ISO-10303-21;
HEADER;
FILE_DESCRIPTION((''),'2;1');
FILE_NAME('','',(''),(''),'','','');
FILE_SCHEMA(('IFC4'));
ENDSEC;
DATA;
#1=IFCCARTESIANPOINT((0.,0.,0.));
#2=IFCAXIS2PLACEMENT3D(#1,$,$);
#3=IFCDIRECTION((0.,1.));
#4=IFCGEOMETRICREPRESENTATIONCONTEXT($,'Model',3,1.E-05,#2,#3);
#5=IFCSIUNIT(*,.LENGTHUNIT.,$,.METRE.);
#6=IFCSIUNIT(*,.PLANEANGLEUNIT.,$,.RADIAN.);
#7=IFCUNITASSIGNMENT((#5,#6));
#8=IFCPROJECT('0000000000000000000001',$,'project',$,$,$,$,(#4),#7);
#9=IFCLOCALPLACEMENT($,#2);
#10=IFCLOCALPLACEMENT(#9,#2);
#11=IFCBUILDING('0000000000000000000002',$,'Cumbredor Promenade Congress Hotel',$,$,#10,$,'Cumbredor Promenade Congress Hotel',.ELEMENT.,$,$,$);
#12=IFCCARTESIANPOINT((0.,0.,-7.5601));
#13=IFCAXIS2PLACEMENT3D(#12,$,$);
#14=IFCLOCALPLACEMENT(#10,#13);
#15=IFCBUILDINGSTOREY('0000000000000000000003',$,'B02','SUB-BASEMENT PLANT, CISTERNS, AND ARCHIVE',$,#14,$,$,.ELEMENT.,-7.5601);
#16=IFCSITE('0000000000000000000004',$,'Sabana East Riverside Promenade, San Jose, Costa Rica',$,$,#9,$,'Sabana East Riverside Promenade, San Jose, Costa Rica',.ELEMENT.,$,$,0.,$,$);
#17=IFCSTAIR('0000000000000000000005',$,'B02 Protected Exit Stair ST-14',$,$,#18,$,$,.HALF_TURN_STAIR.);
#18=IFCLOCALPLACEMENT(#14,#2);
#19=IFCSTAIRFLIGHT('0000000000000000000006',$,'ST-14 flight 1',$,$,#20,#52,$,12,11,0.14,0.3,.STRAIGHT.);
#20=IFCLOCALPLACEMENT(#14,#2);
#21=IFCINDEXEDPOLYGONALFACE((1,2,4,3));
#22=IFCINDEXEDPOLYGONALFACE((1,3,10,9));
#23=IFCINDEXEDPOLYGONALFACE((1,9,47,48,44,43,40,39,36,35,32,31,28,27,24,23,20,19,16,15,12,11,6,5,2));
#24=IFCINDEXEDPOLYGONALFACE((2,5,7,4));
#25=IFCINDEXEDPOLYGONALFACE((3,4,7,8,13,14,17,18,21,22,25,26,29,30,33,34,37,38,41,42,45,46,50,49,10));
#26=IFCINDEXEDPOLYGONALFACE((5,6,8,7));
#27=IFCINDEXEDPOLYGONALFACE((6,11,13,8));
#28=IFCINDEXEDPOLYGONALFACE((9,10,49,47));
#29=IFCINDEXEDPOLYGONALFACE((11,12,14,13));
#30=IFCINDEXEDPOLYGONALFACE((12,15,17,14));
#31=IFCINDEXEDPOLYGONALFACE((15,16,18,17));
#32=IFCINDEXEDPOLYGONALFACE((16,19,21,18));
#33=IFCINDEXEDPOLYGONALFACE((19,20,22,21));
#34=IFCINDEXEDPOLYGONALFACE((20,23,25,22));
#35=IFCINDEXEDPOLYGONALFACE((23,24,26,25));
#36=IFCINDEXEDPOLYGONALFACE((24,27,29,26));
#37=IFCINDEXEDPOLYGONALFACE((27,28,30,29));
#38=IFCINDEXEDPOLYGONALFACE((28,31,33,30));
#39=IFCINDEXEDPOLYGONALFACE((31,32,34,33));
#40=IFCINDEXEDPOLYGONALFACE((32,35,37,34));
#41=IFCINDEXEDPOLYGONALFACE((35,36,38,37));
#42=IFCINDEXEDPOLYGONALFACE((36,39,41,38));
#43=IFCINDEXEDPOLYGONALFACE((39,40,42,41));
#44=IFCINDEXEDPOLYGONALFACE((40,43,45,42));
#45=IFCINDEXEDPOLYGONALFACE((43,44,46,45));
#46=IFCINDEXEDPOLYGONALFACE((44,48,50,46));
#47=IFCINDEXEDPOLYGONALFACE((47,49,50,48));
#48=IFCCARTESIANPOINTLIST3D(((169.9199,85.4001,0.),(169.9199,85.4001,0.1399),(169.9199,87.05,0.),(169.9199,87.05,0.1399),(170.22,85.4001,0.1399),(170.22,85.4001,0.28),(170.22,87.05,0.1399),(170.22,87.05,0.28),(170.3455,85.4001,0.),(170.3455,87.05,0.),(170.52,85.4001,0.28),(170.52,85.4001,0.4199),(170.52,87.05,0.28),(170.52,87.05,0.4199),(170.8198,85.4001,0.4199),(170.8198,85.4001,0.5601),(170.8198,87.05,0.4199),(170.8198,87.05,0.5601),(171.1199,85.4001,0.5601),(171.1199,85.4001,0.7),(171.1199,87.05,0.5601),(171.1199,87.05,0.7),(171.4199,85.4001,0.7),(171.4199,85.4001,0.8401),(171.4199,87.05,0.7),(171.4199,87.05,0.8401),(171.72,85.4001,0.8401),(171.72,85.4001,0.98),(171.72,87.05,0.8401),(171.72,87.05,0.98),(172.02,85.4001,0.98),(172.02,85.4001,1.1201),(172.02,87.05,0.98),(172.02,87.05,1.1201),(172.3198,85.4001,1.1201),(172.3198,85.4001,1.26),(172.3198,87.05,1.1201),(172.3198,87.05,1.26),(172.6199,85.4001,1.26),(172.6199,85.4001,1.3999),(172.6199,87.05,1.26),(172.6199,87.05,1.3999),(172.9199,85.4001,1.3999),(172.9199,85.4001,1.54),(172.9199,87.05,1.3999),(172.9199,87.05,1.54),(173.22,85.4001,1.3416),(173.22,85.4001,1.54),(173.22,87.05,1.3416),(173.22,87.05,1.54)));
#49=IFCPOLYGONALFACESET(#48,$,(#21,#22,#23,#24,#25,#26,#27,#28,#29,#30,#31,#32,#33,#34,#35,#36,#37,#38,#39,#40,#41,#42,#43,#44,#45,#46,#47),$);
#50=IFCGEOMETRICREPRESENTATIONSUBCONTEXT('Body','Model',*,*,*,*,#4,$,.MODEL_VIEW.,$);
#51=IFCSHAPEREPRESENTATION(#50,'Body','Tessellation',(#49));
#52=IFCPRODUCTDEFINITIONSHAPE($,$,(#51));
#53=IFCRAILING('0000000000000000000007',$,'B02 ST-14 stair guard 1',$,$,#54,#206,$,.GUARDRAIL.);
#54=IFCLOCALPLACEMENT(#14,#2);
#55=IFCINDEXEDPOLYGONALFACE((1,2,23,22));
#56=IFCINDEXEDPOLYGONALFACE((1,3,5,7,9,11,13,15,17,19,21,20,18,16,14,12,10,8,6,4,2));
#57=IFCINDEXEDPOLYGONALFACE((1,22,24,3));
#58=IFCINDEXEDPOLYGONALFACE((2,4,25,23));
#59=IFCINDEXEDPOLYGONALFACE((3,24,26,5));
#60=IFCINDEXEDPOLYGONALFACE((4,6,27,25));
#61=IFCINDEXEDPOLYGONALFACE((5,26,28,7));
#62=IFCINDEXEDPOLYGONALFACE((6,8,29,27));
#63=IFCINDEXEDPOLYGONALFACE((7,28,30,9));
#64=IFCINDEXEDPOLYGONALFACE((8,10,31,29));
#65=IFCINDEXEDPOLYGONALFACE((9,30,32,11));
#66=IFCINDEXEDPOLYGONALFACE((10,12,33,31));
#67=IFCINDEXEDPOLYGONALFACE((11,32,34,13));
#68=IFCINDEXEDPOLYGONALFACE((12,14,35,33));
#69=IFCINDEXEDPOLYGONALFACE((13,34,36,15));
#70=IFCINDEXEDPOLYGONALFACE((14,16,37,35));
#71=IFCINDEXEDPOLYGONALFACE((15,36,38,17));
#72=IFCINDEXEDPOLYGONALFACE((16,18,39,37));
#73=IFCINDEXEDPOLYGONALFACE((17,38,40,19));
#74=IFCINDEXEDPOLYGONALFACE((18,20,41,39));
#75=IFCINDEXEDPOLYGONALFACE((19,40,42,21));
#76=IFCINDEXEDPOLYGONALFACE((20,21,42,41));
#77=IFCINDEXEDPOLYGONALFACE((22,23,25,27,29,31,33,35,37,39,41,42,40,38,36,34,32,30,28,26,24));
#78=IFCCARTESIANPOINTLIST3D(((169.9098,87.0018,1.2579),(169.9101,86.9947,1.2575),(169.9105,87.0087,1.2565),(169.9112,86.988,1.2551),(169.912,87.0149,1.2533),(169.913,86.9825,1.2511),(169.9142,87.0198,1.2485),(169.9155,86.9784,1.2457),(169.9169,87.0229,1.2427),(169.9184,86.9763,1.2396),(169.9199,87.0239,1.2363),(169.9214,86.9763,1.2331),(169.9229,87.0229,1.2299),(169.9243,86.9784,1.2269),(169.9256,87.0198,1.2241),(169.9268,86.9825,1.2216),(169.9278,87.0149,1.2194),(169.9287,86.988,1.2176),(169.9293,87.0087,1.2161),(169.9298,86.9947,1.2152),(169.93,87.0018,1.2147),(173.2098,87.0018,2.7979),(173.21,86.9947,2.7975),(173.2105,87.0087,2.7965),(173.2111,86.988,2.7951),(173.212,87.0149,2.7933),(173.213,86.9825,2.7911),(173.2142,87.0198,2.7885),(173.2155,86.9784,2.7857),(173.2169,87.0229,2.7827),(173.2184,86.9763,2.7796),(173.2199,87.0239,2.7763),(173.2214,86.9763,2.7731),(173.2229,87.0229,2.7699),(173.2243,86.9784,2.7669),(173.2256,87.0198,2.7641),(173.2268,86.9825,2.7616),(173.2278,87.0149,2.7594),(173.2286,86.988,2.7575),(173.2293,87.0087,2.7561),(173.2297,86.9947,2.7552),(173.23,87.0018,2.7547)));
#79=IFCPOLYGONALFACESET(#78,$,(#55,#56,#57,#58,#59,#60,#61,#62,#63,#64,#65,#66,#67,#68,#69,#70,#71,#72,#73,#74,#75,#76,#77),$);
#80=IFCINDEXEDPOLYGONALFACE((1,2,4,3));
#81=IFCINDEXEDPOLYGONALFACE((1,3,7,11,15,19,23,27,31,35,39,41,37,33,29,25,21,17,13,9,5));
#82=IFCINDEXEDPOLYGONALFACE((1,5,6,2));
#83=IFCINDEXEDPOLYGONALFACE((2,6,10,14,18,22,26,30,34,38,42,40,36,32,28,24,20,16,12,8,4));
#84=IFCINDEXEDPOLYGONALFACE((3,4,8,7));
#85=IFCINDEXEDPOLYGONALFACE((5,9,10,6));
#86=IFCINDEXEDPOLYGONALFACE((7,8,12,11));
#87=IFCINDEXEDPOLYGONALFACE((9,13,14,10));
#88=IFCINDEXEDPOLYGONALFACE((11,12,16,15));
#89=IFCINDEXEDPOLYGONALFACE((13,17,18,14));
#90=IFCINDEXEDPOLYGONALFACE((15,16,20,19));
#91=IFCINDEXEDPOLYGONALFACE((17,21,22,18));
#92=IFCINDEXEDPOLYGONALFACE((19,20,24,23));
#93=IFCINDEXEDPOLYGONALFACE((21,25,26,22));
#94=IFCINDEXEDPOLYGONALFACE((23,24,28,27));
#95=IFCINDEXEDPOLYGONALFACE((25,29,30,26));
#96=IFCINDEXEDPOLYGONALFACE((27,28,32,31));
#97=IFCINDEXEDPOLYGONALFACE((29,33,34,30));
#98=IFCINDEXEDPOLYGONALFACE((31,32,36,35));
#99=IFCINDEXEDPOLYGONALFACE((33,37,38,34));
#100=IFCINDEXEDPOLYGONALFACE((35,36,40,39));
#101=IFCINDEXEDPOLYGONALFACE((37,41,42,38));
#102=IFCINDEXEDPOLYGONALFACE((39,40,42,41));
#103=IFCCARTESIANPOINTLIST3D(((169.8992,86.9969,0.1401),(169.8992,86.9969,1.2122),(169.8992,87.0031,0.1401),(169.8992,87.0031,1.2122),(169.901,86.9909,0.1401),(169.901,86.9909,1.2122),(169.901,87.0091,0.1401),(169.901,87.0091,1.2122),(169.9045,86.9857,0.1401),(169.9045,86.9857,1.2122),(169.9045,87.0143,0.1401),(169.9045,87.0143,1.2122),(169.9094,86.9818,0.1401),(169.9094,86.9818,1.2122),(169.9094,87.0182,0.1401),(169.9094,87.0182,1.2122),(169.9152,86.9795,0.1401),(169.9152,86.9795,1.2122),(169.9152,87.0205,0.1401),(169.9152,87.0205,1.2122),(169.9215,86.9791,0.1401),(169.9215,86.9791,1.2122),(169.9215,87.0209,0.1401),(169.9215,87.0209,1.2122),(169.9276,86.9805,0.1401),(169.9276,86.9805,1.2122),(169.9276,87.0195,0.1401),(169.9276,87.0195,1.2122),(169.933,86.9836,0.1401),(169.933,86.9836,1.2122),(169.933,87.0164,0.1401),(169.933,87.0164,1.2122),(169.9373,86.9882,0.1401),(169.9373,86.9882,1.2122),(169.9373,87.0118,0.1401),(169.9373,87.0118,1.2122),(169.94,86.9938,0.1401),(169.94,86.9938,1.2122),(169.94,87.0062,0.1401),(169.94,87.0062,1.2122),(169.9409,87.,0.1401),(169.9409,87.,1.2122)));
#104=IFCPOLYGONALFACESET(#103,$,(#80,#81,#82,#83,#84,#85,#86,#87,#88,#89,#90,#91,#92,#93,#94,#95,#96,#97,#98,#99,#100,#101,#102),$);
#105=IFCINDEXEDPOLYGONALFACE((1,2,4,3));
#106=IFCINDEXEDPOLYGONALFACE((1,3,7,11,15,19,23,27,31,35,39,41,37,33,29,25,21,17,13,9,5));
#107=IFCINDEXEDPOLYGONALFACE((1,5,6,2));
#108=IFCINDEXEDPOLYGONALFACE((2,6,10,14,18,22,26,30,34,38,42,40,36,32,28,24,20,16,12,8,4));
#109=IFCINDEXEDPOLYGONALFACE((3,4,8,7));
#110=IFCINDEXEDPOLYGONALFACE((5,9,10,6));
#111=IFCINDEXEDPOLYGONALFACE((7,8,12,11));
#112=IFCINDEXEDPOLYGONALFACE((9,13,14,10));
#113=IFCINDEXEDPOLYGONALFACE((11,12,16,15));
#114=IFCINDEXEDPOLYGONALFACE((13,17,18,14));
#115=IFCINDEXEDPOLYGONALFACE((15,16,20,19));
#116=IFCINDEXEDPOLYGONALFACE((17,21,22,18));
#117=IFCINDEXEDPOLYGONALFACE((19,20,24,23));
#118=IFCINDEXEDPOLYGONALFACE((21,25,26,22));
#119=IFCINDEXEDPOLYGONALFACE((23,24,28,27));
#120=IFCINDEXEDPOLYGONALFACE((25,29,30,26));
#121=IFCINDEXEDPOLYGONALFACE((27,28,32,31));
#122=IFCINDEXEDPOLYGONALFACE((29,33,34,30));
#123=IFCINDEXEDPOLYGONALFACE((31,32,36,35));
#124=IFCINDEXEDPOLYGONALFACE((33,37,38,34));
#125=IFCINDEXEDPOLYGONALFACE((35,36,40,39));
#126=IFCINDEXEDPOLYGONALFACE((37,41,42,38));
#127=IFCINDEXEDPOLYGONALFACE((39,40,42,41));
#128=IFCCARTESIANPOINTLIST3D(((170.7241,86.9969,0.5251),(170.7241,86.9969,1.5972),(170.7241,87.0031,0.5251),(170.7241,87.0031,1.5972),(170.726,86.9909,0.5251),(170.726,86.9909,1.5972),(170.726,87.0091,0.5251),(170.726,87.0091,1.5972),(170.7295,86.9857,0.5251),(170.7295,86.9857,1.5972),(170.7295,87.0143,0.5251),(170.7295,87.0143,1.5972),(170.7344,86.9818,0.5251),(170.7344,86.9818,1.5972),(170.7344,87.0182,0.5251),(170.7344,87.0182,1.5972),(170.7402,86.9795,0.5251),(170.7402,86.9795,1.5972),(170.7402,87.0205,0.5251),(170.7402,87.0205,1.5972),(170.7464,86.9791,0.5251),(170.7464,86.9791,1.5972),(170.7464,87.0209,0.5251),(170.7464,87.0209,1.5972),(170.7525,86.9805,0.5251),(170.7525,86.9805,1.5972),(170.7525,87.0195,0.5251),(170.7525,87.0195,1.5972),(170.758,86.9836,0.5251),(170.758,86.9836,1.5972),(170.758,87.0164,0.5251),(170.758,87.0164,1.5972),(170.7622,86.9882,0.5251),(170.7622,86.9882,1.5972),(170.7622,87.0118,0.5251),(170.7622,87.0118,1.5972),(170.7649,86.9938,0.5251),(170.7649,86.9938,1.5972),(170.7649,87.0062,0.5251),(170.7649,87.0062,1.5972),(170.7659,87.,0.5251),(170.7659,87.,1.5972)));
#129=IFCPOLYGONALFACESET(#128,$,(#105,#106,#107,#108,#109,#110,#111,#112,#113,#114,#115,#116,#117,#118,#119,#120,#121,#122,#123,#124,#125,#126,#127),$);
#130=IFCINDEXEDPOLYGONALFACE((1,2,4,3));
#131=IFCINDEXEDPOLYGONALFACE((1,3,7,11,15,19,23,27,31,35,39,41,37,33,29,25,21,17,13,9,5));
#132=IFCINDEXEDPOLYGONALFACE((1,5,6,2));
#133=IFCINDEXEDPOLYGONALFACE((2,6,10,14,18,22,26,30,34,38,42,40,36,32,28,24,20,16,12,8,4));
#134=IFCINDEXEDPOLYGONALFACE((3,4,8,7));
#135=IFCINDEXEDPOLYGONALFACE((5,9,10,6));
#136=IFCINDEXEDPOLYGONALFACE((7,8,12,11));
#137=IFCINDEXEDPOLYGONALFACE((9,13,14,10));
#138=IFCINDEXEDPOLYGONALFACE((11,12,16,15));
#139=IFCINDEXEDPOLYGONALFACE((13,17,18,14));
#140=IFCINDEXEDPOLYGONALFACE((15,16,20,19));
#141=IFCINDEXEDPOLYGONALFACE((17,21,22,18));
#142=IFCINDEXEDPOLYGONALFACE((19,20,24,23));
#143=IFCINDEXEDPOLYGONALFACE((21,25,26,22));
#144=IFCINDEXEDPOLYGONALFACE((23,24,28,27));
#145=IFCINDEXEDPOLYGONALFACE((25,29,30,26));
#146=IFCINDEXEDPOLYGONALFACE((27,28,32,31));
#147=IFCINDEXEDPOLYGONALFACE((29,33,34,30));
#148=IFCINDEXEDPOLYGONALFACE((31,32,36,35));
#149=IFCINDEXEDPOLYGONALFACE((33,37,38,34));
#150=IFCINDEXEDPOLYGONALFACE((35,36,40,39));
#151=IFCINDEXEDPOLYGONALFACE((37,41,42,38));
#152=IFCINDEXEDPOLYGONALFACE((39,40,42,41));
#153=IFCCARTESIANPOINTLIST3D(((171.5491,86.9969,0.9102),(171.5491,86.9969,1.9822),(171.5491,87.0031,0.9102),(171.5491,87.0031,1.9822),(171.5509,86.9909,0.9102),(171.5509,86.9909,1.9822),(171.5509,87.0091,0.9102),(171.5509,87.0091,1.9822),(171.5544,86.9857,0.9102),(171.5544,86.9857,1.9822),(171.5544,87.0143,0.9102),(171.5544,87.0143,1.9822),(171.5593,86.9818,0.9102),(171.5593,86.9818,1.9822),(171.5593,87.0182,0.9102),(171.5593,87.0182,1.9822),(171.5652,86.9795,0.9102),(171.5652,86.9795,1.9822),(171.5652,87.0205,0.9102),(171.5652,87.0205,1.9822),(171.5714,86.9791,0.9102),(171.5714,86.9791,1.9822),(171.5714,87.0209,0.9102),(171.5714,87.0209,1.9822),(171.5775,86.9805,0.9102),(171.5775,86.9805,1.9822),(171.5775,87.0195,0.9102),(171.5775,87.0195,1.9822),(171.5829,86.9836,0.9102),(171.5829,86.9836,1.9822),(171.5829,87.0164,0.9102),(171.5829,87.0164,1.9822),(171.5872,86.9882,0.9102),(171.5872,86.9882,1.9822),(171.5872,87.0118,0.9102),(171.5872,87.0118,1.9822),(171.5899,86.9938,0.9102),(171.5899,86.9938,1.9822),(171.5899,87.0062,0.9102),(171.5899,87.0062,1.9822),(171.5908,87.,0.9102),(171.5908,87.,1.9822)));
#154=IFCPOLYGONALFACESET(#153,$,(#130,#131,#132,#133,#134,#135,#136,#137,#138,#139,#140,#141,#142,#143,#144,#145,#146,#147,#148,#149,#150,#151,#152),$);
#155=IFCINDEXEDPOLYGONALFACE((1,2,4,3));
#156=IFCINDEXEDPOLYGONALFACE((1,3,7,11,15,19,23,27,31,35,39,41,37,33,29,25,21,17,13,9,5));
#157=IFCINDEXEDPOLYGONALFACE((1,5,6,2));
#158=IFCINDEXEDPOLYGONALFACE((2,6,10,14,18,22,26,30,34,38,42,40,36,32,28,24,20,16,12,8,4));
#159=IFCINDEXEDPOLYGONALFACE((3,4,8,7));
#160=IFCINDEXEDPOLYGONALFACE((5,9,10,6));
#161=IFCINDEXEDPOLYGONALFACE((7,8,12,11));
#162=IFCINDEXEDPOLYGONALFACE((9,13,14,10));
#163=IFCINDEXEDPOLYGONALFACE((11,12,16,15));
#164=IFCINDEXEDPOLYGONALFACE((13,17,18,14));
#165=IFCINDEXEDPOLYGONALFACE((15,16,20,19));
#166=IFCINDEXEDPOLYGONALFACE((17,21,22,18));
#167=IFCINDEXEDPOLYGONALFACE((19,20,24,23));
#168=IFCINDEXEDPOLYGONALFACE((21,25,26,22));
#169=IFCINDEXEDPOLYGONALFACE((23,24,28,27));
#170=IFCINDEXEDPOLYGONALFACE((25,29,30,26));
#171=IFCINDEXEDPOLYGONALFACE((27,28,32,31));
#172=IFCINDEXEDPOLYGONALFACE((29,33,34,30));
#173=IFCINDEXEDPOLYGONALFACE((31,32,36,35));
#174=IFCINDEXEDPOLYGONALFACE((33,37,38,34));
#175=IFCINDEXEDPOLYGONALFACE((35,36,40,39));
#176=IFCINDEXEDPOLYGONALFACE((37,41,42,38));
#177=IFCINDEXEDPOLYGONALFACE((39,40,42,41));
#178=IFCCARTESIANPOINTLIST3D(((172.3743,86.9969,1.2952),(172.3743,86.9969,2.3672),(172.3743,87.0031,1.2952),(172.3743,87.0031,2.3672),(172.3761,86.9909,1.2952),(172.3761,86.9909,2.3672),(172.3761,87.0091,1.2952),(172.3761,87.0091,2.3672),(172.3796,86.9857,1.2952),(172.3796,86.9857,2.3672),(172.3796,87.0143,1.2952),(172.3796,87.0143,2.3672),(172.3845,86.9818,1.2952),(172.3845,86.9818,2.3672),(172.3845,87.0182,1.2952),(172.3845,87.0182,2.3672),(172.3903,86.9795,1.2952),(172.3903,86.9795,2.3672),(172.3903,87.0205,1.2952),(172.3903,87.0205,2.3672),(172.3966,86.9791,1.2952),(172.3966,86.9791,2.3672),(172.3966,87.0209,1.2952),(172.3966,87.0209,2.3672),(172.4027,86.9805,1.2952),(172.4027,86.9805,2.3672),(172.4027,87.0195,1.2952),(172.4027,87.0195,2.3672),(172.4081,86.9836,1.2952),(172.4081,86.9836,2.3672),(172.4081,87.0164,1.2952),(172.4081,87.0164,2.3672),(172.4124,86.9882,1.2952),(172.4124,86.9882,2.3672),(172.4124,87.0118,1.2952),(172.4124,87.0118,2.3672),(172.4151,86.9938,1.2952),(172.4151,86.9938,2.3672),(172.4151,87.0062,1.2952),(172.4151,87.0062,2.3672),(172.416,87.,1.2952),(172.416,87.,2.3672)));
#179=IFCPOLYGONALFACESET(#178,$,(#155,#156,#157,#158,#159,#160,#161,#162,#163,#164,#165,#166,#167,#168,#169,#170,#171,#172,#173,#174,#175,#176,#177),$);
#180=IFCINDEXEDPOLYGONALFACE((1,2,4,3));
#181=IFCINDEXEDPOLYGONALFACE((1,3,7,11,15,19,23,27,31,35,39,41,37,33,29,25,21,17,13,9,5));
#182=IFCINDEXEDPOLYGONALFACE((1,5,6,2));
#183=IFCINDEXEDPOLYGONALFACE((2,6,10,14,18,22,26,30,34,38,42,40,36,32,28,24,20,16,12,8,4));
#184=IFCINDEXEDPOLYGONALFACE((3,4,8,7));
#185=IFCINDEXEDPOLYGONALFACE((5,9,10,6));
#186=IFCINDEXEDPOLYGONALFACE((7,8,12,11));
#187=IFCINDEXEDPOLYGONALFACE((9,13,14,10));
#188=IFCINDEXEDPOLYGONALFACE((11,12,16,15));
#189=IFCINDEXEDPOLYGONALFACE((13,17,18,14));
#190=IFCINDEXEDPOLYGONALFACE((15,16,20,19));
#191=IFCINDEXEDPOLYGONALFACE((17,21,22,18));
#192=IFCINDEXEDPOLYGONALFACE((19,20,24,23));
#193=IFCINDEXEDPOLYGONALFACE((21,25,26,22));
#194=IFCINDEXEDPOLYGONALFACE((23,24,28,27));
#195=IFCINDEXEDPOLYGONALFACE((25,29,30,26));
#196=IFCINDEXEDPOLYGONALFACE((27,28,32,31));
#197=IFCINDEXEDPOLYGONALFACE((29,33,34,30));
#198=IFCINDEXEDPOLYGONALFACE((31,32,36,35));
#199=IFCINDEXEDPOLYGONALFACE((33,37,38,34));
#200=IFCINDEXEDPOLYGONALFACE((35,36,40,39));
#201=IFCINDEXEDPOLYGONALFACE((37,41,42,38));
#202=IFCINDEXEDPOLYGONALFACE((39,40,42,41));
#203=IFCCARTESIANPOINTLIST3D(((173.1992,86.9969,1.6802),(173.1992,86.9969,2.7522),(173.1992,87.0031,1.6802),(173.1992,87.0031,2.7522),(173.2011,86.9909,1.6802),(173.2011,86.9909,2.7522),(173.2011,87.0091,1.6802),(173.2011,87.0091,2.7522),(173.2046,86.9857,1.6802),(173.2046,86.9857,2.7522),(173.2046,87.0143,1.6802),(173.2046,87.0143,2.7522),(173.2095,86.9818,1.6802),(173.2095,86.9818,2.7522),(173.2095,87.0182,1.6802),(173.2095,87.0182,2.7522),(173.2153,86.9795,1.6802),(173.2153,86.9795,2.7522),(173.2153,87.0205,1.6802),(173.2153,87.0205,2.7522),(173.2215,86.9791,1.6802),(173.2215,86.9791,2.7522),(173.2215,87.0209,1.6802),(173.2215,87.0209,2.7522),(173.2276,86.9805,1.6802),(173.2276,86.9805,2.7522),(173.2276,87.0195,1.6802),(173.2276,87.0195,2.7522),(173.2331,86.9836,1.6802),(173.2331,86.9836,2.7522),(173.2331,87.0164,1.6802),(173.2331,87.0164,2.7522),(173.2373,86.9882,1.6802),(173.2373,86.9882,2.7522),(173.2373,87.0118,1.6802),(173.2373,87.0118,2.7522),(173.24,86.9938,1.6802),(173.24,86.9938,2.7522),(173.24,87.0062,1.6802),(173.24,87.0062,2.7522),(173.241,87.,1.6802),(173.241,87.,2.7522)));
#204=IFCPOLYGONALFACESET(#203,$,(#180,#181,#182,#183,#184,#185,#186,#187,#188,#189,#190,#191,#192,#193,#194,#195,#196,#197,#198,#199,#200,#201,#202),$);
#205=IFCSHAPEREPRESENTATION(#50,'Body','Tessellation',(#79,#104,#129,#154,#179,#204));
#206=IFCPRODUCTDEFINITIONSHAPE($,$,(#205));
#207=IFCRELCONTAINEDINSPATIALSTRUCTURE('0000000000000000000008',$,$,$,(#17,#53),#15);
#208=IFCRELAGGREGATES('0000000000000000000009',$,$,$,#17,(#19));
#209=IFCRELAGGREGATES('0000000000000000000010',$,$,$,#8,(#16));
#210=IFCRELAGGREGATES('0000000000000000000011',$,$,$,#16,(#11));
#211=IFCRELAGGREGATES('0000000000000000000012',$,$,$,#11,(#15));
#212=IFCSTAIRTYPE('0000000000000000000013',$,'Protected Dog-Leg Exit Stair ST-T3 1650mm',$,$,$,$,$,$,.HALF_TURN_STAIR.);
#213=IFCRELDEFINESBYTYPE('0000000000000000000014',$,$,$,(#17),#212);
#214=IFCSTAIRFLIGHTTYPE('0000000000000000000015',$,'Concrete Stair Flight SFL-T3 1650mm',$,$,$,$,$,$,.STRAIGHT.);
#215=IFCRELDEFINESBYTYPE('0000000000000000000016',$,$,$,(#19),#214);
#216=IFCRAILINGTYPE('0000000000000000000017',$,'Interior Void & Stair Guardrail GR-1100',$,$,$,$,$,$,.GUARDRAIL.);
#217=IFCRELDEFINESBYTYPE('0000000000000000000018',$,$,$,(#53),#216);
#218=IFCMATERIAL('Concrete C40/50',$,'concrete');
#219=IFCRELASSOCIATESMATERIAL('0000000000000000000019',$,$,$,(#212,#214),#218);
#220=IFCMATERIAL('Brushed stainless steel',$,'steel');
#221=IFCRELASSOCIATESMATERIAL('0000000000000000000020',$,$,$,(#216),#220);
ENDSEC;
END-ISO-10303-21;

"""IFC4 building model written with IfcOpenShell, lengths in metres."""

from ifc_helpers import new_model, si_unit, direction, frame, origin, origin_2d, place, context, subcontext, project, spatial, polyline, circle, outline, extrude, material, type_object, element, aggregate, save


model = new_model("IFC4")

# Units and contexts
model_context = context("Model", 3, precision=1e-05, world=origin(), true_north=direction((0.0, 1.0)))
body_context = subcontext(model_context, "Body", "Model", "MODEL_VIEW")
ifc_project = project(units=[si_unit("LENGTHUNIT", "METRE"), si_unit("PLANEANGLEUNIT", "RADIAN")], contexts=[model_context])

# Site, building, storey
site_placement = place(None, origin())
site = spatial("IfcSite", under=ifc_project, at=site_placement, Name="Sabana East Riverside Promenade, San Jose, Costa Rica", LongName="Sabana East Riverside Promenade, San Jose, Costa Rica", CompositionType="ELEMENT", RefElevation=0.0)
building_placement = place(site_placement, origin())
building = spatial("IfcBuilding", under=site, at=building_placement, Name="Cumbredor Promenade Congress Hotel", LongName="Cumbredor Promenade Congress Hotel", CompositionType="ELEMENT")
storey_placement = place(building_placement, frame((0.0, 0.0, -7.5601)))
storey = spatial("IfcBuildingStorey", under=building, at=storey_placement, Name="B02", Description="SUB-BASEMENT PLANT, CISTERNS, AND ARCHIVE", CompositionType="ELEMENT", Elevation=-7.5601)

# Shared definitions
ifc_material_1 = material(Name="Concrete C40/50", Category="concrete")

# Stair, stair flight
stair_type = type_object("IfcStairType", Name="Protected Dog-Leg Exit Stair ST-T3 1650mm", PredefinedType="HALF_TURN_STAIR", material=ifc_material_1)
stair_placement = place(storey_placement, origin())
stair = element("IfcStair", 1, at=stair_placement, inside=storey, type_object=stair_type, Name="B02 Protected Exit Stair ST-14", PredefinedType="HALF_TURN_STAIR")
stair_flight_type = type_object("IfcStairFlightType", Name="Concrete Stair Flight SFL-T3 1650mm", PredefinedType="STRAIGHT", material=ifc_material_1)
stair_flight_placement = place(storey_placement, frame((169.9199, 86.2251, 0.0), z_axis=(0.0, 0.0, 1.0), x_axis=(1.0, 0.0, 0.0)))
stair_flight = element("IfcStairFlight", 2, at=stair_flight_placement, type_object=stair_flight_type, Name="ST-14 flight 1", NumberOfRisers=12, NumberOfTreads=11, PredefinedType="STRAIGHT", RiserHeight=0.14, TreadLength=0.3, context=body_context, shape_type="SweptSolid", body=[
    extrude(outline(polyline([(0.0, 0.0), (0.0, 0.1399), (0.3, 0.1399), (0.3, 0.28), (0.6001, 0.28), (0.6001, 0.4199), (0.8999, 0.4199), (0.8999, 0.5601), (1.2, 0.5601), (1.2, 0.7), (1.5, 0.7), (1.5, 0.8401), (1.8, 0.8401), (1.8, 0.98), (2.1001, 0.98), (2.1001, 1.1201), (2.3999, 1.1201), (2.3999, 1.26), (2.7, 1.26), (2.7, 1.3999), (3.0, 1.3999), (3.0, 1.54), (3.3, 1.54), (3.3, 1.6799), (3.3, 1.3416), (0.4255, 0.0), (0.0, 0.0)])), frame((0.0, 0.825, 0.0), z_axis=(0.0, -1.0, 0.0), x_axis=(1.0, 0.0, 0.0)), (0.0, 0.0, 1.0), 1.6499),
])
aggregate(stair, [stair_flight])

# Railing
ifc_material_2 = material(Name="Brushed stainless steel", Category="steel")
railing_type_1 = type_object("IfcRailingType", Name="Interior Void & Stair Guardrail GR-1100", PredefinedType="GUARDRAIL", material=ifc_material_2)
railing_1_placement = place(storey_placement, frame((169.9199, 87.0, 0.1401)))
element("IfcRailing", 3, at=railing_1_placement, inside=storey, type_object=railing_type_1, Name="B02 ST-14 stair guard 1", PredefinedType="GUARDRAIL", context=body_context, shape_type="SweptSolid", body=[
    extrude(circle(Radius=0.0239, at=origin_2d()), frame((0.0, 0.0, 1.0962), z_axis=(0.906181, 0.0, 0.422889), x_axis=(0.0, 1.0, 0.0)), (0.0, 0.0, 1.0), 3.6416),
    extrude(circle(Radius=0.021, at=origin_2d()), origin(), (0.0, 0.0, 1.0), 1.072),
    extrude(circle(Radius=0.021, at=origin_2d()), frame((0.825, 0.0, 0.385)), (0.0, 0.0, 1.0), 1.072),
    extrude(circle(Radius=0.021, at=origin_2d()), frame((1.6499, 0.0, 0.77)), (0.0, 0.0, 1.0), 1.072),
    extrude(circle(Radius=0.021, at=origin_2d()), frame((2.4751, 0.0, 1.155)), (0.0, 0.0, 1.0), 1.072),
    extrude(circle(Radius=0.021, at=origin_2d()), frame((3.3, 0.0, 1.54)), (0.0, 0.0, 1.0), 1.072),
])

save(model, "model.ifc")
